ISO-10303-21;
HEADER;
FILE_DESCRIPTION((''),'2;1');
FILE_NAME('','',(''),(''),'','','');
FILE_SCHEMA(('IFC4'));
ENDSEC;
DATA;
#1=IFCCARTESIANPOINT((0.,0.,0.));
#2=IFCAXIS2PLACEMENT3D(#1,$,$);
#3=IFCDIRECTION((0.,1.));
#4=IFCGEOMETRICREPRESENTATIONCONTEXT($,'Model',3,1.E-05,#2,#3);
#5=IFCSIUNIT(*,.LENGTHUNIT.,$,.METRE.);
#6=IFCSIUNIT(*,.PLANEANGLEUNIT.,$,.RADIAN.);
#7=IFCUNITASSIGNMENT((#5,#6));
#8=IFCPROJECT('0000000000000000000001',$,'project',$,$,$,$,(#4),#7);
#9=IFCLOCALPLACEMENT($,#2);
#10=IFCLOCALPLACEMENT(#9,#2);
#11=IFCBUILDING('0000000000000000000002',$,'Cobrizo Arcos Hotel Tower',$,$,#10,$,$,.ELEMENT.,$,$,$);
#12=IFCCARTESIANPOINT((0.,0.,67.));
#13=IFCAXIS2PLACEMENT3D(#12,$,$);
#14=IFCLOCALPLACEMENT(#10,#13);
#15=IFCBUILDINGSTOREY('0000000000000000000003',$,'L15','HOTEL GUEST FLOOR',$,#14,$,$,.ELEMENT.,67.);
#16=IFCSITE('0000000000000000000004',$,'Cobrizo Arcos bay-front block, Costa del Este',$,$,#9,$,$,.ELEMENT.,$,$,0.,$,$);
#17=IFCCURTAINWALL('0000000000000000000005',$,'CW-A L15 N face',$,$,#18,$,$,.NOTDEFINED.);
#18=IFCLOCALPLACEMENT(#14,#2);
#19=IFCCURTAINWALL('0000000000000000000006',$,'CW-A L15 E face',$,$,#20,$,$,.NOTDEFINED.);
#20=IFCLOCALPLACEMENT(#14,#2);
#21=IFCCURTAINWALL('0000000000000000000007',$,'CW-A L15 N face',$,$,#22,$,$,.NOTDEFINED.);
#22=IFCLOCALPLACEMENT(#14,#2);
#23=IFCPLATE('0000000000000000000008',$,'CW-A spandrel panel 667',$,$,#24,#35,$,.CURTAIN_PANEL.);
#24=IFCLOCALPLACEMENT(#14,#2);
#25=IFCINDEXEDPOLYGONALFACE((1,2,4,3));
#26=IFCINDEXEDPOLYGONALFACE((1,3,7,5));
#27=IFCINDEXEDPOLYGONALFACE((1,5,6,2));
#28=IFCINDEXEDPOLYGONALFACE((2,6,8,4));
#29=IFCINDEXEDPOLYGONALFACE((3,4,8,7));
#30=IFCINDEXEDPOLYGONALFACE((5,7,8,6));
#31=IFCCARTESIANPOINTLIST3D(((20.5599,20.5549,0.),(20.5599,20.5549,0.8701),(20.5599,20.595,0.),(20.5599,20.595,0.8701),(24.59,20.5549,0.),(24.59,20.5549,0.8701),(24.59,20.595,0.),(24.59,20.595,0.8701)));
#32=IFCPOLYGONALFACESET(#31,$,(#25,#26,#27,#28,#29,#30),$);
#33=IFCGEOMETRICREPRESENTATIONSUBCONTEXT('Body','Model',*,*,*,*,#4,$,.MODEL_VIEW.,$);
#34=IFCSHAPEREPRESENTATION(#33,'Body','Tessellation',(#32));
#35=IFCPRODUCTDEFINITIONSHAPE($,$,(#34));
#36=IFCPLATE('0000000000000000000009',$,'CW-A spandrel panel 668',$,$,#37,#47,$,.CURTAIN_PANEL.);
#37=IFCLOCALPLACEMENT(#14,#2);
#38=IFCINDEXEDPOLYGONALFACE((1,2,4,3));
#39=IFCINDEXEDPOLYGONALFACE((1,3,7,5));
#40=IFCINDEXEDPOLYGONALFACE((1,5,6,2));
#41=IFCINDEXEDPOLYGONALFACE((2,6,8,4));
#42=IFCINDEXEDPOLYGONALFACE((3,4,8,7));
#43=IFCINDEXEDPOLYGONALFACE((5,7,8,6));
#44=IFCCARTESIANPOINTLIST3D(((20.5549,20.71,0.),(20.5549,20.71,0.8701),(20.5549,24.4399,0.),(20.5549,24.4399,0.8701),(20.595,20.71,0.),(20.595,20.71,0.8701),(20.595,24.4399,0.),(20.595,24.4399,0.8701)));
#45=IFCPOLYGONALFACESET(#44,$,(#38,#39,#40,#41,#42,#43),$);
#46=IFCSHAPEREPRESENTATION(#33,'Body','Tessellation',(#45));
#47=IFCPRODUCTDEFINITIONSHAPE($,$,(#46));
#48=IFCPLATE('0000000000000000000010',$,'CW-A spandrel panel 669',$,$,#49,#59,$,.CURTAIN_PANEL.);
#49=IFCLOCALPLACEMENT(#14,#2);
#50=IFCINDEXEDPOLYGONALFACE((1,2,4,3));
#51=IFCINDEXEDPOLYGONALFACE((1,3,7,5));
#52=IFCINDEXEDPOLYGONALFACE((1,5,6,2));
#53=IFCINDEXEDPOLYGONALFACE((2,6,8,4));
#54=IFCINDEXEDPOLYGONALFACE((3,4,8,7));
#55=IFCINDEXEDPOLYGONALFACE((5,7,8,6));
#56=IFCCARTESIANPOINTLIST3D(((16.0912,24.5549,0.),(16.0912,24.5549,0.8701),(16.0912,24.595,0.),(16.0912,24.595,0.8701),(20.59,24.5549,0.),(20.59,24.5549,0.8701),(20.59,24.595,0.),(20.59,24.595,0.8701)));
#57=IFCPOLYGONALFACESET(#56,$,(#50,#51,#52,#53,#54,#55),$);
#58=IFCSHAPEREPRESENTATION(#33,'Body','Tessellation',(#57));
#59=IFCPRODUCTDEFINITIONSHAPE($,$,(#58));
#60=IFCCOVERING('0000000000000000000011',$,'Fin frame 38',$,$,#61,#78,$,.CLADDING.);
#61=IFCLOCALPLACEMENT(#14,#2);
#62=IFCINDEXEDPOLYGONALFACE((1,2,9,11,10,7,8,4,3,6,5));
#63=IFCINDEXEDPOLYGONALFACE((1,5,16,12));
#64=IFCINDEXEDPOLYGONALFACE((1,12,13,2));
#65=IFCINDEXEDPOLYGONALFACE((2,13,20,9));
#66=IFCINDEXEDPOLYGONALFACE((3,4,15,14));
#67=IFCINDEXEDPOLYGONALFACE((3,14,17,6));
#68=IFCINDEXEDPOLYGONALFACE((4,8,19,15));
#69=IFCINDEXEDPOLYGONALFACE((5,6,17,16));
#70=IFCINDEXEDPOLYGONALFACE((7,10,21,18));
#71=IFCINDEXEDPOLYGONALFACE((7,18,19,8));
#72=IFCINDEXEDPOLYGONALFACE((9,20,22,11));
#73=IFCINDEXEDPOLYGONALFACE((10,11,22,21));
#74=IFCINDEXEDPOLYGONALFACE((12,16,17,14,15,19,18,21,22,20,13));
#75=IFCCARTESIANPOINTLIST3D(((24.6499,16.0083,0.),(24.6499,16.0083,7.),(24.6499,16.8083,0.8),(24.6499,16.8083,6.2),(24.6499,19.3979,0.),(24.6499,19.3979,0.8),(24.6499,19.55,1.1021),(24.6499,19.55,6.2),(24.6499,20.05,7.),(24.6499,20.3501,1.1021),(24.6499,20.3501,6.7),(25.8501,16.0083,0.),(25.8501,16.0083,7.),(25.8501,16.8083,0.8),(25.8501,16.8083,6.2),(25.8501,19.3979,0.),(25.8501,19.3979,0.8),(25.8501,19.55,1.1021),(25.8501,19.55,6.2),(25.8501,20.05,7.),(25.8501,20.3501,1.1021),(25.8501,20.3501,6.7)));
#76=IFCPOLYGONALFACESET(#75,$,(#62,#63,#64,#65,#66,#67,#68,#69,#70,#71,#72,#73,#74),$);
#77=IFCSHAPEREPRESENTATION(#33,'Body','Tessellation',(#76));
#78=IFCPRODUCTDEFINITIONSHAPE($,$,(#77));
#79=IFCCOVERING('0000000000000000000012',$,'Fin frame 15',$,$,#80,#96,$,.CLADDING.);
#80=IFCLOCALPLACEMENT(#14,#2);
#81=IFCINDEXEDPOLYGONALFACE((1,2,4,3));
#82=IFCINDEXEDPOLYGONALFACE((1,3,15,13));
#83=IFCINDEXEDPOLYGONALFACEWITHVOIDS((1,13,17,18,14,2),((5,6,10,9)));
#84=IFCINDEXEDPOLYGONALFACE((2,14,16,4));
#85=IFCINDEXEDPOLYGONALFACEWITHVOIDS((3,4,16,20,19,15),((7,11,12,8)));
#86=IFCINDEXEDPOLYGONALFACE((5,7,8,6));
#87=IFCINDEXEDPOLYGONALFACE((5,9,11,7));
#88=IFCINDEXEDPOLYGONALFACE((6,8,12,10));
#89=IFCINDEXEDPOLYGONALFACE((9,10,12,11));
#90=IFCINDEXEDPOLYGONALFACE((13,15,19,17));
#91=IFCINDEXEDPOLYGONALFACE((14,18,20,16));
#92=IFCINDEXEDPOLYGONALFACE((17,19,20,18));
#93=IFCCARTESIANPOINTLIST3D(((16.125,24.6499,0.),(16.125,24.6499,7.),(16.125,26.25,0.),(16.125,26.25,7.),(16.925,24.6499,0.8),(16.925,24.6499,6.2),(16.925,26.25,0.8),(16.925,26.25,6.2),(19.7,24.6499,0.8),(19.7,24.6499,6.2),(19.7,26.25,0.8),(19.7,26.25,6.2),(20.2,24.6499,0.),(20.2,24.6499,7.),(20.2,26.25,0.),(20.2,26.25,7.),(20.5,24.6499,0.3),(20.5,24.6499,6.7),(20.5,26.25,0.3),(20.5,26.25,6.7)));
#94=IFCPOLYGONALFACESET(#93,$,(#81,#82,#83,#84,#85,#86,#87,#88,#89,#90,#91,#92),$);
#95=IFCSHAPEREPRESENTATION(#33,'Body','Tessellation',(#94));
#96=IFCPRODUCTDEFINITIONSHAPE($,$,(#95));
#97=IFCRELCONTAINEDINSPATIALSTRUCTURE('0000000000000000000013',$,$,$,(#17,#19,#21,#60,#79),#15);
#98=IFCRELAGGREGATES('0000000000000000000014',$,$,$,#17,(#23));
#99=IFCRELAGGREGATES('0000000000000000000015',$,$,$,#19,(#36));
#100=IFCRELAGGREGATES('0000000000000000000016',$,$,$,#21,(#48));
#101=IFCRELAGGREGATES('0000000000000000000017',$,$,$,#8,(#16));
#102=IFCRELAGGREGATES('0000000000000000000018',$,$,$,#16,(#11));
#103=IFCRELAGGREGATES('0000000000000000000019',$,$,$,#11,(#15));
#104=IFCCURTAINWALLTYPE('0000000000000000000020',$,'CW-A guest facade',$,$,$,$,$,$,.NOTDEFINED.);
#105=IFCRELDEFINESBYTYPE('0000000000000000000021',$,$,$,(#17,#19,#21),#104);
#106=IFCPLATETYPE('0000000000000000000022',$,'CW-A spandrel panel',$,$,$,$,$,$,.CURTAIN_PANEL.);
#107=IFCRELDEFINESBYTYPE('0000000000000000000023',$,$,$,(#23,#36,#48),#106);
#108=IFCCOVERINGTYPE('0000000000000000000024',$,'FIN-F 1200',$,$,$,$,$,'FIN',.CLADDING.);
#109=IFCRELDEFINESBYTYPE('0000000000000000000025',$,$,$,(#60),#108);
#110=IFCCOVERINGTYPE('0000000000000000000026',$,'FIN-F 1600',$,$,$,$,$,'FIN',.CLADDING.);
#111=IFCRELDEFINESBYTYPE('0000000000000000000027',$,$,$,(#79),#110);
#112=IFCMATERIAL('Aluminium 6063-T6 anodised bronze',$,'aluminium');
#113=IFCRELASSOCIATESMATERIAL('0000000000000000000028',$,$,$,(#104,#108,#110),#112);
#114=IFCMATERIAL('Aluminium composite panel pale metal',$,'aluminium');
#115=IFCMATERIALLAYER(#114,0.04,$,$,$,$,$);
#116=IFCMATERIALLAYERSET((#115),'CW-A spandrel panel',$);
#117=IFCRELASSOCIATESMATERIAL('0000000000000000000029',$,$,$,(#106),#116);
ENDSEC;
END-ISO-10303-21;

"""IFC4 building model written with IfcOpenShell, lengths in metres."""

from ifc_helpers import new_model, si_unit, direction, frame, origin, origin_2d, place, context, subcontext, project, spatial, polyline, rectangle, outline, extrude, material, layer, layer_set, type_object, element, aggregate, save


model = new_model("IFC4")

# Units and contexts
model_context = context("Model", 3, precision=1e-05, world=origin(), true_north=direction((0.0, 1.0)))
body_context = subcontext(model_context, "Body", "Model", "MODEL_VIEW")
ifc_project = project(units=[si_unit("LENGTHUNIT", "METRE"), si_unit("PLANEANGLEUNIT", "RADIAN")], contexts=[model_context])

# Site, building, storey
site_placement = place(None, origin())
site = spatial("IfcSite", under=ifc_project, at=site_placement, Name="Cobrizo Arcos bay-front block, Costa del Este", CompositionType="ELEMENT", RefElevation=0.0)
building_placement = place(site_placement, origin())
building = spatial("IfcBuilding", under=site, at=building_placement, Name="Cobrizo Arcos Hotel Tower", CompositionType="ELEMENT")
storey_placement = place(building_placement, frame((0.0, 0.0, 67.0)))
storey = spatial("IfcBuildingStorey", under=building, at=storey_placement, Name="L15", Description="HOTEL GUEST FLOOR", CompositionType="ELEMENT", Elevation=67.0)

# Shared definitions
ifc_material_1 = material(Name="Aluminium 6063-T6 anodised bronze", Category="aluminium")
curtain_wall_type = type_object("IfcCurtainWallType", Name="CW-A guest facade", PredefinedType="NOTDEFINED", material=ifc_material_1)

# Curtain walls
curtain_wall_1_placement = place(storey_placement, origin())
curtain_wall_1 = element("IfcCurtainWall", 1, at=curtain_wall_1_placement, inside=storey, type_object=curtain_wall_type, Name="CW-A L15 N face", PredefinedType="NOTDEFINED")
curtain_wall_2_placement = place(storey_placement, origin())
curtain_wall_2 = element("IfcCurtainWall", 2, at=curtain_wall_2_placement, inside=storey, type_object=curtain_wall_type, Name="CW-A L15 E face", PredefinedType="NOTDEFINED")
curtain_wall_3_placement = place(storey_placement, origin())
curtain_wall_3 = element("IfcCurtainWall", 3, at=curtain_wall_3_placement, inside=storey, type_object=curtain_wall_type, Name="CW-A L15 N face", PredefinedType="NOTDEFINED")

# Plates
ifc_material_2 = material(Name="Aluminium composite panel pale metal", Category="aluminium")
ifc_layer_1 = layer(ifc_material_2, 0.04)
ifc_layer_set_1 = layer_set([ifc_layer_1], Name="CW-A spandrel panel")
plate_type_1 = type_object("IfcPlateType", Name="CW-A spandrel panel", PredefinedType="CURTAIN_PANEL", material=ifc_layer_set_1)
plate_1_placement = place(storey_placement, frame((22.575, 20.575, 0.0), z_axis=(0.0, 0.0, 1.0), x_axis=(-1.0, 0.0, 0.0)))
plate_1 = element("IfcPlate", 4, at=plate_1_placement, type_object=plate_type_1, Name="CW-A spandrel panel 667", PredefinedType="CURTAIN_PANEL", context=body_context, shape_type="SweptSolid", body=[
    extrude(rectangle(XDim=4.03, YDim=0.04, at=origin_2d()), origin(), (0.0, 0.0, 1.0), 0.8701),
])
aggregate(curtain_wall_1, [plate_1])
plate_2_placement = place(storey_placement, frame((20.575, 22.575, 0.0), z_axis=(0.0, 0.0, 1.0), x_axis=(0.0, 1.0, 0.0)))
plate_2 = element("IfcPlate", 5, at=plate_2_placement, type_object=plate_type_1, Name="CW-A spandrel panel 668", PredefinedType="CURTAIN_PANEL", context=body_context, shape_type="SweptSolid", body=[
    extrude(rectangle(XDim=3.73, YDim=0.04, at=origin_2d()), origin(), (0.0, 0.0, 1.0), 0.8701),
])
aggregate(curtain_wall_2, [plate_2])
plate_3_placement = place(storey_placement, frame((18.3406, 24.575, 0.0), z_axis=(0.0, 0.0, 1.0), x_axis=(-1.0, 0.0, 0.0)))
plate_3 = element("IfcPlate", 6, at=plate_3_placement, type_object=plate_type_1, Name="CW-A spandrel panel 669", PredefinedType="CURTAIN_PANEL", context=body_context, shape_type="SweptSolid", body=[
    extrude(rectangle(XDim=4.4988, YDim=0.04, at=origin_2d()), origin(), (0.0, 0.0, 1.0), 0.8701),
])
aggregate(curtain_wall_3, [plate_3])

# Coverings
covering_type_1 = type_object("IfcCoveringType", Name="FIN-F 1200", ElementType="FIN", PredefinedType="CLADDING", material=ifc_material_1)
covering_1_placement = place(storey_placement, frame((24.6499, 16.0083, 0.0), z_axis=(1.0, 0.0, 0.0), x_axis=(0.0, 1.0, 0.0)))
element("IfcCovering", 7, at=covering_1_placement, inside=storey, type_object=covering_type_1, Name="Fin frame 38", PredefinedType="CLADDING", context=body_context, shape_type="SweptSolid", body=[
    extrude(outline(polyline([(0.0, 0.0), (3.3896, 0.0), (3.3896, 0.8), (0.8, 0.8), (0.8, 6.2), (3.5417, 6.2), (3.5417, 1.1021), (4.3418, 1.1021), (4.3418, 6.7), (4.0417, 7.0), (0.0, 7.0), (0.0, 0.0)])), origin(), (0.0, 0.0, 1.0), 1.2002),
])
covering_type_2 = type_object("IfcCoveringType", Name="FIN-F 1600", ElementType="FIN", PredefinedType="CLADDING", material=ifc_material_1)
covering_2_placement = place(storey_placement, frame((20.5, 24.6499, 0.0), z_axis=(0.0, 1.0, 0.0), x_axis=(-1.0, 0.0, 0.0)))
element("IfcCovering", 8, at=covering_2_placement, inside=storey, type_object=covering_type_2, Name="Fin frame 15", PredefinedType="CLADDING", context=body_context, shape_type="SweptSolid", body=[
    extrude(outline(polyline([(0.0, 0.3), (0.3, 0.0), (4.375, 0.0), (4.375, 7.0), (0.3, 7.0), (0.0, 6.7), (0.0, 0.3)]), holes=[polyline([(3.575, 0.8), (0.8, 0.8), (0.8, 6.2), (3.575, 6.2), (3.575, 0.8)])]), origin(), (0.0, 0.0, 1.0), 1.6001),
])

save(model, "model.ifc")
